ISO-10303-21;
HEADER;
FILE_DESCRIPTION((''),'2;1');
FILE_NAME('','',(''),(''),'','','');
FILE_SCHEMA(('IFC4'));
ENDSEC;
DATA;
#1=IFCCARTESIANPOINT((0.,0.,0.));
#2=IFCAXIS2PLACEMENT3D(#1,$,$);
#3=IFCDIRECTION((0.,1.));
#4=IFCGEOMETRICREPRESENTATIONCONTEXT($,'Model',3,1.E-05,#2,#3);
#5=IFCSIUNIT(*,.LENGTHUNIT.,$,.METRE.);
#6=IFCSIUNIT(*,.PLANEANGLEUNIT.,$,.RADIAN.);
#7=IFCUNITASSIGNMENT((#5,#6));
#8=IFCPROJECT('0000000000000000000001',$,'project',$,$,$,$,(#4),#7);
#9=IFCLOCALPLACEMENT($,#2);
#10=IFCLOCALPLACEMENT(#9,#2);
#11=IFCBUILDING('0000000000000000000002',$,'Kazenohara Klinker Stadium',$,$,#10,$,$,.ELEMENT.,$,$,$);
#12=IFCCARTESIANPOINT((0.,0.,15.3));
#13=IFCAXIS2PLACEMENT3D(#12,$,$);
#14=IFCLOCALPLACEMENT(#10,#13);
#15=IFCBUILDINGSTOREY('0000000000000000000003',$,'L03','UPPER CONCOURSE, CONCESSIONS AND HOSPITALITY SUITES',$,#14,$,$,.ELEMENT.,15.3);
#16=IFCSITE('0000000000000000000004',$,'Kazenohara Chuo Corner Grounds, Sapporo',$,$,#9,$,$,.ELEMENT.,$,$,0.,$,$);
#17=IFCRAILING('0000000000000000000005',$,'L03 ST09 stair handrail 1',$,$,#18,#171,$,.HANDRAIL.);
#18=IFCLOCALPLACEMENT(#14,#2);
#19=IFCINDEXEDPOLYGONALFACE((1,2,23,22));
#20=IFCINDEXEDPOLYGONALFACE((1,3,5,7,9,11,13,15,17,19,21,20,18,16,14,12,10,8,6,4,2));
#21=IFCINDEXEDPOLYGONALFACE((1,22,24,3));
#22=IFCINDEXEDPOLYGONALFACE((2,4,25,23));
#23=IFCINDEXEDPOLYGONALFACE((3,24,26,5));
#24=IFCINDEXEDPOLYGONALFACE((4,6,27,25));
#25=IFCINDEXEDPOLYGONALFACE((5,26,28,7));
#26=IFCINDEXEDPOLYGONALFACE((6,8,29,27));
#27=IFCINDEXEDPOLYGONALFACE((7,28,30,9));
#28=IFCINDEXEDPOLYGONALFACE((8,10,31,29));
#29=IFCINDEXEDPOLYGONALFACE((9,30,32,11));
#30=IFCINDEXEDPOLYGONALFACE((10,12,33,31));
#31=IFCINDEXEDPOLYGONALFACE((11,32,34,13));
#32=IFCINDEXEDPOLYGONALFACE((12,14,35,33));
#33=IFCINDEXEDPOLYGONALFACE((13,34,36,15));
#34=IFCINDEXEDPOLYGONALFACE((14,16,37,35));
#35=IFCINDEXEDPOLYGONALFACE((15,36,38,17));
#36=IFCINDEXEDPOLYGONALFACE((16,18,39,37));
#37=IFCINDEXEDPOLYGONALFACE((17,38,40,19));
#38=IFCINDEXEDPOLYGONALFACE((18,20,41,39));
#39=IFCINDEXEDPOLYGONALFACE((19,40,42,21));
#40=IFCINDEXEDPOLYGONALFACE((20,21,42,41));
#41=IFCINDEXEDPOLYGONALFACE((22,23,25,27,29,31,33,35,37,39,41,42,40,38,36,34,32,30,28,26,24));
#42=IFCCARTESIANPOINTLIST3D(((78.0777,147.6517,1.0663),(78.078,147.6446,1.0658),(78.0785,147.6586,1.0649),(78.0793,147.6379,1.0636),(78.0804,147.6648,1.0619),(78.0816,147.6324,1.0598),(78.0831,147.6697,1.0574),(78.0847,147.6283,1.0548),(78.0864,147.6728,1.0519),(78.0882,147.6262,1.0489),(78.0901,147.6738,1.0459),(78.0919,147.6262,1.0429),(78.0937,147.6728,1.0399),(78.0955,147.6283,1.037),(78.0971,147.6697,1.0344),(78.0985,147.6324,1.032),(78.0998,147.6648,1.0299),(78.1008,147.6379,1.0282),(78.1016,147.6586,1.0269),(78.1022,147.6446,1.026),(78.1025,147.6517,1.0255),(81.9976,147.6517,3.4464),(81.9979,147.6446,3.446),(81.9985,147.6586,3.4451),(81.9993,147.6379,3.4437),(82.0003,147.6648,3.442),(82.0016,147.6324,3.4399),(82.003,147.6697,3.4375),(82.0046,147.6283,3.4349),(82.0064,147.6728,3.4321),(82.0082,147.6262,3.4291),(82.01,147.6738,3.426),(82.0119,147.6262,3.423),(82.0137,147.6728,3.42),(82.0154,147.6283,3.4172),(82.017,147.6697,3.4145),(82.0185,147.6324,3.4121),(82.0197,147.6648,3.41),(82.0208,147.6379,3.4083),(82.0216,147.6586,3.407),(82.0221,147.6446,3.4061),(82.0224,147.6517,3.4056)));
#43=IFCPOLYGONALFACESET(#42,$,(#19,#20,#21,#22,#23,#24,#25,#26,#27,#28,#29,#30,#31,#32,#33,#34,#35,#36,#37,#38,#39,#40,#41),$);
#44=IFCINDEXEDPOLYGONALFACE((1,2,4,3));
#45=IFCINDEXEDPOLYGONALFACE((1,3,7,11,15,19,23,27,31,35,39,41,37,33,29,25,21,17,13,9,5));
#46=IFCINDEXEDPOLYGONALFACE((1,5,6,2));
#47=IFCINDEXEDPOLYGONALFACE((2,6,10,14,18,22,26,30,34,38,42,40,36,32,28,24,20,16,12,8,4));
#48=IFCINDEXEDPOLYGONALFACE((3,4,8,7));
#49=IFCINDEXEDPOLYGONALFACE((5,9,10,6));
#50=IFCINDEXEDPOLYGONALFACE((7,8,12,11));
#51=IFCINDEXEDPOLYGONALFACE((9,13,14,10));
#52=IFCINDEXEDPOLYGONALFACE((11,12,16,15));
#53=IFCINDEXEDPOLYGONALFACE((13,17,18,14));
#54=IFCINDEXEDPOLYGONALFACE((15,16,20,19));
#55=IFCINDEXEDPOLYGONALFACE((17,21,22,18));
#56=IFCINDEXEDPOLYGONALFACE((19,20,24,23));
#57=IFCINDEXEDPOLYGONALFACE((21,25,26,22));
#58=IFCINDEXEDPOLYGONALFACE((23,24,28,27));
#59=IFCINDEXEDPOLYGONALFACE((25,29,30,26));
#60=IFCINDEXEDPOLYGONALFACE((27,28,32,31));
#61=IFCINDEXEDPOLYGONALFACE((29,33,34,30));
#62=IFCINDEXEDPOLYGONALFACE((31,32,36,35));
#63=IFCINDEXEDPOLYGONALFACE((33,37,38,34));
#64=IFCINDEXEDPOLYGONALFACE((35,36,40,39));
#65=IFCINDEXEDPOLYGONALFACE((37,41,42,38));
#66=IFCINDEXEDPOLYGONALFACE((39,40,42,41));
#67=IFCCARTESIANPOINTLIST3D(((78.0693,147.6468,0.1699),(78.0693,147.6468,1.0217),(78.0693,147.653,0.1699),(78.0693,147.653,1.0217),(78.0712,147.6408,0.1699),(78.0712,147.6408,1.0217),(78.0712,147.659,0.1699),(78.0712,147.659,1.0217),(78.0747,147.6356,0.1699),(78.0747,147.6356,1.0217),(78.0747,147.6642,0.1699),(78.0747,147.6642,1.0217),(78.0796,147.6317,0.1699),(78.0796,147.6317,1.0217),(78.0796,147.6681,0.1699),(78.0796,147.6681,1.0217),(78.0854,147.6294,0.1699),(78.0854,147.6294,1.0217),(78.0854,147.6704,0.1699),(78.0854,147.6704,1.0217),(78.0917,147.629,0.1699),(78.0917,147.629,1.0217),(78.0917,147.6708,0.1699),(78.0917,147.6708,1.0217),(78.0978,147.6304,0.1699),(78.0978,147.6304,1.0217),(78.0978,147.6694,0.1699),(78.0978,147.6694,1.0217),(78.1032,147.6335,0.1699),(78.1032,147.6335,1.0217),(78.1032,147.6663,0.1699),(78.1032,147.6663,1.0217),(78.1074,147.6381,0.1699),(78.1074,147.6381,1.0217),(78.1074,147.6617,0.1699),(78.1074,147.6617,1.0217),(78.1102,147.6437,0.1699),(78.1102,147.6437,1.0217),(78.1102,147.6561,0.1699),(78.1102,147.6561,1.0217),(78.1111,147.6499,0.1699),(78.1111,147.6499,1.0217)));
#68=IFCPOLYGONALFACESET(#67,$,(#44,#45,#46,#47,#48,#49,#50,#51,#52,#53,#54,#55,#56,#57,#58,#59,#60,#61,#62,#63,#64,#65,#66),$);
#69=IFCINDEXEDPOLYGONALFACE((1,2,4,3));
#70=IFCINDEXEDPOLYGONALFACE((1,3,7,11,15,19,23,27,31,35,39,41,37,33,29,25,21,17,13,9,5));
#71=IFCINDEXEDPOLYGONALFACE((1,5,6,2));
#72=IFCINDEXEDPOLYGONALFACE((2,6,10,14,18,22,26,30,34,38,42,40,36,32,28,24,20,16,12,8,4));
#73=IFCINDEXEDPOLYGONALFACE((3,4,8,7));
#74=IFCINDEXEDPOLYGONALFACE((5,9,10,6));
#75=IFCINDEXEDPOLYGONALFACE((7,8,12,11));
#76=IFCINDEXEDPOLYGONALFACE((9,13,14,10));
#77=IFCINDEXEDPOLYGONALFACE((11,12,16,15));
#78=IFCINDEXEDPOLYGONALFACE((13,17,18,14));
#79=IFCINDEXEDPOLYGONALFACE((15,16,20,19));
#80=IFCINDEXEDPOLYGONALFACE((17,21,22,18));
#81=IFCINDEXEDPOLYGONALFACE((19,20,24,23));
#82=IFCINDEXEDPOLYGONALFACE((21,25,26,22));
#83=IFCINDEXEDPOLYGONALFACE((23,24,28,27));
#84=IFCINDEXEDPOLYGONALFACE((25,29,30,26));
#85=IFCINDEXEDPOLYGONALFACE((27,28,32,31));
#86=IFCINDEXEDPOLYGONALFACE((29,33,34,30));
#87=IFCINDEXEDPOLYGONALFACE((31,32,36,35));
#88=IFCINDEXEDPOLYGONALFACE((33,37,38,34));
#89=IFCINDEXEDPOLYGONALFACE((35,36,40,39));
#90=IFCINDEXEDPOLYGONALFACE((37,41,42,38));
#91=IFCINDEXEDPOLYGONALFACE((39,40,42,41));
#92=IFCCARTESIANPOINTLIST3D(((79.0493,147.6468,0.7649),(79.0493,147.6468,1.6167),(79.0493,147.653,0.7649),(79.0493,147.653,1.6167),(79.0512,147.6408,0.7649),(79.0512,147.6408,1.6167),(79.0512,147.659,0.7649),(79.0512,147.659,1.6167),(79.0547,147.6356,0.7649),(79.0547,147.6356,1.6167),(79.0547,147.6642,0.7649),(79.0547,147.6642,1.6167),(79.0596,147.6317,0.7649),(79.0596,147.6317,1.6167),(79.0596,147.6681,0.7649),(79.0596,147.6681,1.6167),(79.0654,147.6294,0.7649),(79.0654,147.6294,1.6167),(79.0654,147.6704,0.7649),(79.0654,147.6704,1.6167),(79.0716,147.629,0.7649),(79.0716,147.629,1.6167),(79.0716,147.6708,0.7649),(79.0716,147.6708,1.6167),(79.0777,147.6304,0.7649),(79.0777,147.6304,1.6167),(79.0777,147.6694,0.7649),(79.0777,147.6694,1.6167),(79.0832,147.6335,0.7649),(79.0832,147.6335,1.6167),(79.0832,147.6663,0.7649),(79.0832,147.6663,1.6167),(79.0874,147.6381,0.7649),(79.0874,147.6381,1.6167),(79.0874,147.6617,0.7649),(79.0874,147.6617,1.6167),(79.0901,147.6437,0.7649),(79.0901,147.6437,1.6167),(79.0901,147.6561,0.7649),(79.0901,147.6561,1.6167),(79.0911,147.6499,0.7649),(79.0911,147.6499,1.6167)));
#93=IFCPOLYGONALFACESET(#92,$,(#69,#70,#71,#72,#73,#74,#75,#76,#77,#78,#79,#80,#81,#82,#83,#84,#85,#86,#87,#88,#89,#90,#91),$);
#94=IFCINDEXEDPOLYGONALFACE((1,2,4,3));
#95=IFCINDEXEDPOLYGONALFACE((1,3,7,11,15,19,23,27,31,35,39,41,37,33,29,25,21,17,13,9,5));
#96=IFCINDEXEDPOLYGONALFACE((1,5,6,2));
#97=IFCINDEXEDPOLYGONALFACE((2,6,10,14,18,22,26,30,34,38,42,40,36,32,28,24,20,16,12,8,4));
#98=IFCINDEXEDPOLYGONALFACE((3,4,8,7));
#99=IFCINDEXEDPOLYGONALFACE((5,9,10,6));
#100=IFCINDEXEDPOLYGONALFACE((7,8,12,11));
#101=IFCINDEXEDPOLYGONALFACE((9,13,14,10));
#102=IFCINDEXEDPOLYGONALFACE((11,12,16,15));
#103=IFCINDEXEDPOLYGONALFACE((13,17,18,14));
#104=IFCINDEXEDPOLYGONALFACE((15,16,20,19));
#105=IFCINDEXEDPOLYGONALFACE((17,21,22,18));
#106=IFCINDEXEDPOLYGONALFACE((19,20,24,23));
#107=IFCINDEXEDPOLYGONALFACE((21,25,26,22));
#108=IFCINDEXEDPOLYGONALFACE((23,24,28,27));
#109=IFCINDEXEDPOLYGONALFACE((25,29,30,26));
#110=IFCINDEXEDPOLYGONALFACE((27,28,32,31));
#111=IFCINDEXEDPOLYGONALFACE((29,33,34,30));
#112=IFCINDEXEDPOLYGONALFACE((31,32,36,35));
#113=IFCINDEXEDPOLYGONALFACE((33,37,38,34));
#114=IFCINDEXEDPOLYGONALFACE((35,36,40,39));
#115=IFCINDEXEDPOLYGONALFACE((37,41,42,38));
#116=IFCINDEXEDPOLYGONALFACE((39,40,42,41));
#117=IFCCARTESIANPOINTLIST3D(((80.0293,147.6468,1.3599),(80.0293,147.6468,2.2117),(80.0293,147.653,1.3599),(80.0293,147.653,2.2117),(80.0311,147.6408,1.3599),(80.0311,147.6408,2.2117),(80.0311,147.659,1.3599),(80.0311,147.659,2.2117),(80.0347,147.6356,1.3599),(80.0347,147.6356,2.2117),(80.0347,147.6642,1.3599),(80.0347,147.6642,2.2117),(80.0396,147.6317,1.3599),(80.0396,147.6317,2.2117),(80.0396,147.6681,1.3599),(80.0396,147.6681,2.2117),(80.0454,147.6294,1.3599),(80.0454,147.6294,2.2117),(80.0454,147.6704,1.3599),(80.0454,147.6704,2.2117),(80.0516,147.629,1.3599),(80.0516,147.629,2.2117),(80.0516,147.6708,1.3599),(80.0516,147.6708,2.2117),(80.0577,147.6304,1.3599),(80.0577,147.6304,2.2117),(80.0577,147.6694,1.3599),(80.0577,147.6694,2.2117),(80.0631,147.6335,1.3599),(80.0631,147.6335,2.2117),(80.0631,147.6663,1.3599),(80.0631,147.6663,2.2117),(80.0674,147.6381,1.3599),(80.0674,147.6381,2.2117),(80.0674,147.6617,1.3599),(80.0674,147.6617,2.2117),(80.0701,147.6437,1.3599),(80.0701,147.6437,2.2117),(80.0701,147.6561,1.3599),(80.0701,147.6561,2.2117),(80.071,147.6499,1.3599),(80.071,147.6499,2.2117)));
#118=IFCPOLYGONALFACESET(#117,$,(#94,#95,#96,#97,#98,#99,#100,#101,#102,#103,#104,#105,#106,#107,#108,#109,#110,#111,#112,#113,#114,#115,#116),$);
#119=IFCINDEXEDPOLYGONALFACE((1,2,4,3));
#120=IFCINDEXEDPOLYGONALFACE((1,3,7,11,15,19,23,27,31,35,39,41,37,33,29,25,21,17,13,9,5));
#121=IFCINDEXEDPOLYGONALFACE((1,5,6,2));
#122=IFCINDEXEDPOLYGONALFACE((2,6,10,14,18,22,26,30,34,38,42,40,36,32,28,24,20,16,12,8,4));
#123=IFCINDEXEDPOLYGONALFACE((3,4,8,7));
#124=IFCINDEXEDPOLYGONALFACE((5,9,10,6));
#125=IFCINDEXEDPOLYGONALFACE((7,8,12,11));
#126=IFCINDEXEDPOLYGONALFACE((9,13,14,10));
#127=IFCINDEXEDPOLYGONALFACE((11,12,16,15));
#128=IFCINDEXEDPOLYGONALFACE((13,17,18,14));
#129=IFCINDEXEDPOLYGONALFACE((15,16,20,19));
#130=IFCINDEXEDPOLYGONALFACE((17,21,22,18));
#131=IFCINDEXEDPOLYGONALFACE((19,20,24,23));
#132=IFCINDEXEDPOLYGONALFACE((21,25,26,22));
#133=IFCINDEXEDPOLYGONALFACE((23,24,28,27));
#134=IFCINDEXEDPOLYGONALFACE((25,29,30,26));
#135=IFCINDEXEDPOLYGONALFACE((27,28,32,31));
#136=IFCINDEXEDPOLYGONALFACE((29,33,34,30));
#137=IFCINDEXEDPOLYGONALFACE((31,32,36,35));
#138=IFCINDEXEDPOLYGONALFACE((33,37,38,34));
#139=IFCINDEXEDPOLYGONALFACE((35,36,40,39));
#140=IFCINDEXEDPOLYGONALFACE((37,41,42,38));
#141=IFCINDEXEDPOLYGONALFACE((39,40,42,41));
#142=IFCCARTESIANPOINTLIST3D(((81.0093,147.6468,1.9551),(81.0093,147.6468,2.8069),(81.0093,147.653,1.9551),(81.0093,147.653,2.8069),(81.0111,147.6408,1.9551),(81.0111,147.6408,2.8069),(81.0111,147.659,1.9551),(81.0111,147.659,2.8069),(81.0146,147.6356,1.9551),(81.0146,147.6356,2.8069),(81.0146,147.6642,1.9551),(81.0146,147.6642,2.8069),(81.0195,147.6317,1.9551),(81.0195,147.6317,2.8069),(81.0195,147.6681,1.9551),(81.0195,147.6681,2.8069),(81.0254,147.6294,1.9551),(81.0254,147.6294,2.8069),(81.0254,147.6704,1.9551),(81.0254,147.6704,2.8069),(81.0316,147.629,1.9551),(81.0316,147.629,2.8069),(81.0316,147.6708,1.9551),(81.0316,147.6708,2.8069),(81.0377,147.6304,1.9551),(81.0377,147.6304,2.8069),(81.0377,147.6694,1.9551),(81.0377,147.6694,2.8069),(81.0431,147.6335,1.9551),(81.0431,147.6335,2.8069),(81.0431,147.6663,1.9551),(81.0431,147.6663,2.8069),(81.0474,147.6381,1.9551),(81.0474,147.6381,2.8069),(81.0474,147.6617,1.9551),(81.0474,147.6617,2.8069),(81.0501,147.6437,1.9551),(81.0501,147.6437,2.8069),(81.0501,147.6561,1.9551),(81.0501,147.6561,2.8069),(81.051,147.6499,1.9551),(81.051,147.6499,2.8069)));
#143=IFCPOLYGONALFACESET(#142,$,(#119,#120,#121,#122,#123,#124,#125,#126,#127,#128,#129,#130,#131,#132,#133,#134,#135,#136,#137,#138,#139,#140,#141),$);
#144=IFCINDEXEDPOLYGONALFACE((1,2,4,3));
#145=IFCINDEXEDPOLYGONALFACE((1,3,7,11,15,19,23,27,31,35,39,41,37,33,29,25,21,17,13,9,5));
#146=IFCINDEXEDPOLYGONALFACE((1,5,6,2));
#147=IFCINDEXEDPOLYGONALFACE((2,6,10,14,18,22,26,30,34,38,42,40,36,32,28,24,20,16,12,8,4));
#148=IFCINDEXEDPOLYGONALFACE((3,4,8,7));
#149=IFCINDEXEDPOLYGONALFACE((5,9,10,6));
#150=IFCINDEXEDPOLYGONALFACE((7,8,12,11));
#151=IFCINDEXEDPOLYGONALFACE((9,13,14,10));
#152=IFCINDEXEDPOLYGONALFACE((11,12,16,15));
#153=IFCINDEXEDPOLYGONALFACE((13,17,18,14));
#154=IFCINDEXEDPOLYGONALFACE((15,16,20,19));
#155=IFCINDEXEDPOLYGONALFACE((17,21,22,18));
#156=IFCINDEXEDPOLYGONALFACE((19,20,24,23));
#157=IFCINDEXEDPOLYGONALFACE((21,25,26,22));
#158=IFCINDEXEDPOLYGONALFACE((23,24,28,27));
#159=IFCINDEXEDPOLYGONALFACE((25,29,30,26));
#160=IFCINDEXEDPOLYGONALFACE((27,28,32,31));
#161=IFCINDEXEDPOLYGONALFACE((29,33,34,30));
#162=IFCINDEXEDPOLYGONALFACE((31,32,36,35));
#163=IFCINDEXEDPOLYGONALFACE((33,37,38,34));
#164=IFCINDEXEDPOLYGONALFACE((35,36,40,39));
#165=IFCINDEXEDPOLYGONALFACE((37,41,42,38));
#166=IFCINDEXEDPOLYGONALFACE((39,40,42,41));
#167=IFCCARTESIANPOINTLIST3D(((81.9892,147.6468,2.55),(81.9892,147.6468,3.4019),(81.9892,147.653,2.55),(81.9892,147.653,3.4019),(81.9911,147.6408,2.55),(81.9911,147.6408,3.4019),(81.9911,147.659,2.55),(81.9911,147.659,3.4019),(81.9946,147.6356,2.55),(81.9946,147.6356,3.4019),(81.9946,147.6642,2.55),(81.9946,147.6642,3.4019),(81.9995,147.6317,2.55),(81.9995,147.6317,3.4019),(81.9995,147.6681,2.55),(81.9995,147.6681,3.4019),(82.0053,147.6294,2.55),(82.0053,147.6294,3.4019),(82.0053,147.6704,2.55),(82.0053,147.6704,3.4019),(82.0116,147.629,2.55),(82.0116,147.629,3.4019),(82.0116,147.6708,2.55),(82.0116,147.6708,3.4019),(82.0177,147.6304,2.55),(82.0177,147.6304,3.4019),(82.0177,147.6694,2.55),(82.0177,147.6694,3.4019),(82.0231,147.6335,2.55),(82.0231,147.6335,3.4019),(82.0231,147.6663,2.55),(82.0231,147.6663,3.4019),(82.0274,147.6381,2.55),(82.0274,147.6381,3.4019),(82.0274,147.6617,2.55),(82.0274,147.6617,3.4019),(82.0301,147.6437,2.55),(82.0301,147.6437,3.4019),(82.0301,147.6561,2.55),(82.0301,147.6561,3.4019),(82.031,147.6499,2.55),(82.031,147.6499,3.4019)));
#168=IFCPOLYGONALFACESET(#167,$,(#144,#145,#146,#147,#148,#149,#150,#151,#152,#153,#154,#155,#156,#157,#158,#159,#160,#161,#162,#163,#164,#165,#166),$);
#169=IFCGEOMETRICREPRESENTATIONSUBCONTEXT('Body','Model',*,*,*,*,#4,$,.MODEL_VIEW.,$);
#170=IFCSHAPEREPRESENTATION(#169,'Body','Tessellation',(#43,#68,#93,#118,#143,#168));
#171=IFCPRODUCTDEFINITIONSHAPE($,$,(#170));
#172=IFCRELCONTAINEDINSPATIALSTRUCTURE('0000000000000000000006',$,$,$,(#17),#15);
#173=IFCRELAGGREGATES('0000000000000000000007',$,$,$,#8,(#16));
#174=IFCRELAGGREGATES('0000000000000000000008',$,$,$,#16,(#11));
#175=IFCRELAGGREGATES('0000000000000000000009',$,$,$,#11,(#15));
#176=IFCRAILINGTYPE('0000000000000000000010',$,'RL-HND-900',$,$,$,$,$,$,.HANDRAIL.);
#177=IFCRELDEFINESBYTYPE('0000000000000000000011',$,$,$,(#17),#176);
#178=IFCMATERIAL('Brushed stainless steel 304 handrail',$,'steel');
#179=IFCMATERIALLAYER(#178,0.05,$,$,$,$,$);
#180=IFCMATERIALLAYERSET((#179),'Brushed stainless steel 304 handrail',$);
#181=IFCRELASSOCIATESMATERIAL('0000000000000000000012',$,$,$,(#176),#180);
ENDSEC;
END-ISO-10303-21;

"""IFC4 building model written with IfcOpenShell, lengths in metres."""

from ifc_helpers import new_model, si_unit, direction, frame, origin, origin_2d, place, context, subcontext, project, spatial, circle, extrude, material, layer, layer_set, type_object, element, save


model = new_model("IFC4")

# Units and contexts
model_context = context("Model", 3, precision=1e-05, world=origin(), true_north=direction((0.0, 1.0)))
body_context = subcontext(model_context, "Body", "Model", "MODEL_VIEW")
ifc_project = project(units=[si_unit("LENGTHUNIT", "METRE"), si_unit("PLANEANGLEUNIT", "RADIAN")], contexts=[model_context])

# Site, building, storey
site_placement = place(None, origin())
site = spatial("IfcSite", under=ifc_project, at=site_placement, Name="Kazenohara Chuo Corner Grounds, Sapporo", CompositionType="ELEMENT", RefElevation=0.0)
building_placement = place(site_placement, origin())
building = spatial("IfcBuilding", under=site, at=building_placement, Name="Kazenohara Klinker Stadium", CompositionType="ELEMENT")
storey_placement = place(building_placement, frame((0.0, 0.0, 15.3)))
storey = spatial("IfcBuildingStorey", under=building, at=storey_placement, Name="L03", Description="UPPER CONCOURSE, CONCESSIONS AND HOSPITALITY SUITES", CompositionType="ELEMENT", Elevation=15.3)

# Railing
ifc_material_1 = material(Name="Brushed stainless steel 304 handrail", Category="steel")
ifc_layer_1 = layer(ifc_material_1, 0.05)
ifc_layer_set_1 = layer_set([ifc_layer_1], Name="Brushed stainless steel 304 handrail")
railing_type_1 = type_object("IfcRailingType", Name="RL-HND-900", PredefinedType="HANDRAIL", material=ifc_layer_set_1)
railing_1_placement = place(storey_placement, frame((78.0901, 147.6499, 0.1699)))
element("IfcRailing", 1, at=railing_1_placement, inside=storey, type_object=railing_type_1, Name="L03 ST09 stair handrail 1", PredefinedType="HANDRAIL", context=body_context, shape_type="SweptSolid", body=[
    extrude(circle(Radius=0.0239, at=origin_2d()), frame((0.0, 0.0, 0.876), z_axis=(0.854771, 0.0, 0.519006), x_axis=(0.0, 1.0, 0.0)), (0.0, 0.0, 1.0), 4.5859),
    extrude(circle(Radius=0.021, at=origin_2d()), origin(), (0.0, 0.0, 1.0), 0.8518),
    extrude(circle(Radius=0.021, at=origin_2d()), frame((0.98, 0.0, 0.595)), (0.0, 0.0, 1.0), 0.8518),
    extrude(circle(Radius=0.021, at=origin_2d()), frame((1.96, 0.0, 1.1899)), (0.0, 0.0, 1.0), 0.8518),
    extrude(circle(Radius=0.021, at=origin_2d()), frame((2.9399, 0.0, 1.7852)), (0.0, 0.0, 1.0), 0.8518),
    extrude(circle(Radius=0.021, at=origin_2d()), frame((3.9199, 0.0, 2.3801)), (0.0, 0.0, 1.0), 0.8518),
])

save(model, "model.ifc")
